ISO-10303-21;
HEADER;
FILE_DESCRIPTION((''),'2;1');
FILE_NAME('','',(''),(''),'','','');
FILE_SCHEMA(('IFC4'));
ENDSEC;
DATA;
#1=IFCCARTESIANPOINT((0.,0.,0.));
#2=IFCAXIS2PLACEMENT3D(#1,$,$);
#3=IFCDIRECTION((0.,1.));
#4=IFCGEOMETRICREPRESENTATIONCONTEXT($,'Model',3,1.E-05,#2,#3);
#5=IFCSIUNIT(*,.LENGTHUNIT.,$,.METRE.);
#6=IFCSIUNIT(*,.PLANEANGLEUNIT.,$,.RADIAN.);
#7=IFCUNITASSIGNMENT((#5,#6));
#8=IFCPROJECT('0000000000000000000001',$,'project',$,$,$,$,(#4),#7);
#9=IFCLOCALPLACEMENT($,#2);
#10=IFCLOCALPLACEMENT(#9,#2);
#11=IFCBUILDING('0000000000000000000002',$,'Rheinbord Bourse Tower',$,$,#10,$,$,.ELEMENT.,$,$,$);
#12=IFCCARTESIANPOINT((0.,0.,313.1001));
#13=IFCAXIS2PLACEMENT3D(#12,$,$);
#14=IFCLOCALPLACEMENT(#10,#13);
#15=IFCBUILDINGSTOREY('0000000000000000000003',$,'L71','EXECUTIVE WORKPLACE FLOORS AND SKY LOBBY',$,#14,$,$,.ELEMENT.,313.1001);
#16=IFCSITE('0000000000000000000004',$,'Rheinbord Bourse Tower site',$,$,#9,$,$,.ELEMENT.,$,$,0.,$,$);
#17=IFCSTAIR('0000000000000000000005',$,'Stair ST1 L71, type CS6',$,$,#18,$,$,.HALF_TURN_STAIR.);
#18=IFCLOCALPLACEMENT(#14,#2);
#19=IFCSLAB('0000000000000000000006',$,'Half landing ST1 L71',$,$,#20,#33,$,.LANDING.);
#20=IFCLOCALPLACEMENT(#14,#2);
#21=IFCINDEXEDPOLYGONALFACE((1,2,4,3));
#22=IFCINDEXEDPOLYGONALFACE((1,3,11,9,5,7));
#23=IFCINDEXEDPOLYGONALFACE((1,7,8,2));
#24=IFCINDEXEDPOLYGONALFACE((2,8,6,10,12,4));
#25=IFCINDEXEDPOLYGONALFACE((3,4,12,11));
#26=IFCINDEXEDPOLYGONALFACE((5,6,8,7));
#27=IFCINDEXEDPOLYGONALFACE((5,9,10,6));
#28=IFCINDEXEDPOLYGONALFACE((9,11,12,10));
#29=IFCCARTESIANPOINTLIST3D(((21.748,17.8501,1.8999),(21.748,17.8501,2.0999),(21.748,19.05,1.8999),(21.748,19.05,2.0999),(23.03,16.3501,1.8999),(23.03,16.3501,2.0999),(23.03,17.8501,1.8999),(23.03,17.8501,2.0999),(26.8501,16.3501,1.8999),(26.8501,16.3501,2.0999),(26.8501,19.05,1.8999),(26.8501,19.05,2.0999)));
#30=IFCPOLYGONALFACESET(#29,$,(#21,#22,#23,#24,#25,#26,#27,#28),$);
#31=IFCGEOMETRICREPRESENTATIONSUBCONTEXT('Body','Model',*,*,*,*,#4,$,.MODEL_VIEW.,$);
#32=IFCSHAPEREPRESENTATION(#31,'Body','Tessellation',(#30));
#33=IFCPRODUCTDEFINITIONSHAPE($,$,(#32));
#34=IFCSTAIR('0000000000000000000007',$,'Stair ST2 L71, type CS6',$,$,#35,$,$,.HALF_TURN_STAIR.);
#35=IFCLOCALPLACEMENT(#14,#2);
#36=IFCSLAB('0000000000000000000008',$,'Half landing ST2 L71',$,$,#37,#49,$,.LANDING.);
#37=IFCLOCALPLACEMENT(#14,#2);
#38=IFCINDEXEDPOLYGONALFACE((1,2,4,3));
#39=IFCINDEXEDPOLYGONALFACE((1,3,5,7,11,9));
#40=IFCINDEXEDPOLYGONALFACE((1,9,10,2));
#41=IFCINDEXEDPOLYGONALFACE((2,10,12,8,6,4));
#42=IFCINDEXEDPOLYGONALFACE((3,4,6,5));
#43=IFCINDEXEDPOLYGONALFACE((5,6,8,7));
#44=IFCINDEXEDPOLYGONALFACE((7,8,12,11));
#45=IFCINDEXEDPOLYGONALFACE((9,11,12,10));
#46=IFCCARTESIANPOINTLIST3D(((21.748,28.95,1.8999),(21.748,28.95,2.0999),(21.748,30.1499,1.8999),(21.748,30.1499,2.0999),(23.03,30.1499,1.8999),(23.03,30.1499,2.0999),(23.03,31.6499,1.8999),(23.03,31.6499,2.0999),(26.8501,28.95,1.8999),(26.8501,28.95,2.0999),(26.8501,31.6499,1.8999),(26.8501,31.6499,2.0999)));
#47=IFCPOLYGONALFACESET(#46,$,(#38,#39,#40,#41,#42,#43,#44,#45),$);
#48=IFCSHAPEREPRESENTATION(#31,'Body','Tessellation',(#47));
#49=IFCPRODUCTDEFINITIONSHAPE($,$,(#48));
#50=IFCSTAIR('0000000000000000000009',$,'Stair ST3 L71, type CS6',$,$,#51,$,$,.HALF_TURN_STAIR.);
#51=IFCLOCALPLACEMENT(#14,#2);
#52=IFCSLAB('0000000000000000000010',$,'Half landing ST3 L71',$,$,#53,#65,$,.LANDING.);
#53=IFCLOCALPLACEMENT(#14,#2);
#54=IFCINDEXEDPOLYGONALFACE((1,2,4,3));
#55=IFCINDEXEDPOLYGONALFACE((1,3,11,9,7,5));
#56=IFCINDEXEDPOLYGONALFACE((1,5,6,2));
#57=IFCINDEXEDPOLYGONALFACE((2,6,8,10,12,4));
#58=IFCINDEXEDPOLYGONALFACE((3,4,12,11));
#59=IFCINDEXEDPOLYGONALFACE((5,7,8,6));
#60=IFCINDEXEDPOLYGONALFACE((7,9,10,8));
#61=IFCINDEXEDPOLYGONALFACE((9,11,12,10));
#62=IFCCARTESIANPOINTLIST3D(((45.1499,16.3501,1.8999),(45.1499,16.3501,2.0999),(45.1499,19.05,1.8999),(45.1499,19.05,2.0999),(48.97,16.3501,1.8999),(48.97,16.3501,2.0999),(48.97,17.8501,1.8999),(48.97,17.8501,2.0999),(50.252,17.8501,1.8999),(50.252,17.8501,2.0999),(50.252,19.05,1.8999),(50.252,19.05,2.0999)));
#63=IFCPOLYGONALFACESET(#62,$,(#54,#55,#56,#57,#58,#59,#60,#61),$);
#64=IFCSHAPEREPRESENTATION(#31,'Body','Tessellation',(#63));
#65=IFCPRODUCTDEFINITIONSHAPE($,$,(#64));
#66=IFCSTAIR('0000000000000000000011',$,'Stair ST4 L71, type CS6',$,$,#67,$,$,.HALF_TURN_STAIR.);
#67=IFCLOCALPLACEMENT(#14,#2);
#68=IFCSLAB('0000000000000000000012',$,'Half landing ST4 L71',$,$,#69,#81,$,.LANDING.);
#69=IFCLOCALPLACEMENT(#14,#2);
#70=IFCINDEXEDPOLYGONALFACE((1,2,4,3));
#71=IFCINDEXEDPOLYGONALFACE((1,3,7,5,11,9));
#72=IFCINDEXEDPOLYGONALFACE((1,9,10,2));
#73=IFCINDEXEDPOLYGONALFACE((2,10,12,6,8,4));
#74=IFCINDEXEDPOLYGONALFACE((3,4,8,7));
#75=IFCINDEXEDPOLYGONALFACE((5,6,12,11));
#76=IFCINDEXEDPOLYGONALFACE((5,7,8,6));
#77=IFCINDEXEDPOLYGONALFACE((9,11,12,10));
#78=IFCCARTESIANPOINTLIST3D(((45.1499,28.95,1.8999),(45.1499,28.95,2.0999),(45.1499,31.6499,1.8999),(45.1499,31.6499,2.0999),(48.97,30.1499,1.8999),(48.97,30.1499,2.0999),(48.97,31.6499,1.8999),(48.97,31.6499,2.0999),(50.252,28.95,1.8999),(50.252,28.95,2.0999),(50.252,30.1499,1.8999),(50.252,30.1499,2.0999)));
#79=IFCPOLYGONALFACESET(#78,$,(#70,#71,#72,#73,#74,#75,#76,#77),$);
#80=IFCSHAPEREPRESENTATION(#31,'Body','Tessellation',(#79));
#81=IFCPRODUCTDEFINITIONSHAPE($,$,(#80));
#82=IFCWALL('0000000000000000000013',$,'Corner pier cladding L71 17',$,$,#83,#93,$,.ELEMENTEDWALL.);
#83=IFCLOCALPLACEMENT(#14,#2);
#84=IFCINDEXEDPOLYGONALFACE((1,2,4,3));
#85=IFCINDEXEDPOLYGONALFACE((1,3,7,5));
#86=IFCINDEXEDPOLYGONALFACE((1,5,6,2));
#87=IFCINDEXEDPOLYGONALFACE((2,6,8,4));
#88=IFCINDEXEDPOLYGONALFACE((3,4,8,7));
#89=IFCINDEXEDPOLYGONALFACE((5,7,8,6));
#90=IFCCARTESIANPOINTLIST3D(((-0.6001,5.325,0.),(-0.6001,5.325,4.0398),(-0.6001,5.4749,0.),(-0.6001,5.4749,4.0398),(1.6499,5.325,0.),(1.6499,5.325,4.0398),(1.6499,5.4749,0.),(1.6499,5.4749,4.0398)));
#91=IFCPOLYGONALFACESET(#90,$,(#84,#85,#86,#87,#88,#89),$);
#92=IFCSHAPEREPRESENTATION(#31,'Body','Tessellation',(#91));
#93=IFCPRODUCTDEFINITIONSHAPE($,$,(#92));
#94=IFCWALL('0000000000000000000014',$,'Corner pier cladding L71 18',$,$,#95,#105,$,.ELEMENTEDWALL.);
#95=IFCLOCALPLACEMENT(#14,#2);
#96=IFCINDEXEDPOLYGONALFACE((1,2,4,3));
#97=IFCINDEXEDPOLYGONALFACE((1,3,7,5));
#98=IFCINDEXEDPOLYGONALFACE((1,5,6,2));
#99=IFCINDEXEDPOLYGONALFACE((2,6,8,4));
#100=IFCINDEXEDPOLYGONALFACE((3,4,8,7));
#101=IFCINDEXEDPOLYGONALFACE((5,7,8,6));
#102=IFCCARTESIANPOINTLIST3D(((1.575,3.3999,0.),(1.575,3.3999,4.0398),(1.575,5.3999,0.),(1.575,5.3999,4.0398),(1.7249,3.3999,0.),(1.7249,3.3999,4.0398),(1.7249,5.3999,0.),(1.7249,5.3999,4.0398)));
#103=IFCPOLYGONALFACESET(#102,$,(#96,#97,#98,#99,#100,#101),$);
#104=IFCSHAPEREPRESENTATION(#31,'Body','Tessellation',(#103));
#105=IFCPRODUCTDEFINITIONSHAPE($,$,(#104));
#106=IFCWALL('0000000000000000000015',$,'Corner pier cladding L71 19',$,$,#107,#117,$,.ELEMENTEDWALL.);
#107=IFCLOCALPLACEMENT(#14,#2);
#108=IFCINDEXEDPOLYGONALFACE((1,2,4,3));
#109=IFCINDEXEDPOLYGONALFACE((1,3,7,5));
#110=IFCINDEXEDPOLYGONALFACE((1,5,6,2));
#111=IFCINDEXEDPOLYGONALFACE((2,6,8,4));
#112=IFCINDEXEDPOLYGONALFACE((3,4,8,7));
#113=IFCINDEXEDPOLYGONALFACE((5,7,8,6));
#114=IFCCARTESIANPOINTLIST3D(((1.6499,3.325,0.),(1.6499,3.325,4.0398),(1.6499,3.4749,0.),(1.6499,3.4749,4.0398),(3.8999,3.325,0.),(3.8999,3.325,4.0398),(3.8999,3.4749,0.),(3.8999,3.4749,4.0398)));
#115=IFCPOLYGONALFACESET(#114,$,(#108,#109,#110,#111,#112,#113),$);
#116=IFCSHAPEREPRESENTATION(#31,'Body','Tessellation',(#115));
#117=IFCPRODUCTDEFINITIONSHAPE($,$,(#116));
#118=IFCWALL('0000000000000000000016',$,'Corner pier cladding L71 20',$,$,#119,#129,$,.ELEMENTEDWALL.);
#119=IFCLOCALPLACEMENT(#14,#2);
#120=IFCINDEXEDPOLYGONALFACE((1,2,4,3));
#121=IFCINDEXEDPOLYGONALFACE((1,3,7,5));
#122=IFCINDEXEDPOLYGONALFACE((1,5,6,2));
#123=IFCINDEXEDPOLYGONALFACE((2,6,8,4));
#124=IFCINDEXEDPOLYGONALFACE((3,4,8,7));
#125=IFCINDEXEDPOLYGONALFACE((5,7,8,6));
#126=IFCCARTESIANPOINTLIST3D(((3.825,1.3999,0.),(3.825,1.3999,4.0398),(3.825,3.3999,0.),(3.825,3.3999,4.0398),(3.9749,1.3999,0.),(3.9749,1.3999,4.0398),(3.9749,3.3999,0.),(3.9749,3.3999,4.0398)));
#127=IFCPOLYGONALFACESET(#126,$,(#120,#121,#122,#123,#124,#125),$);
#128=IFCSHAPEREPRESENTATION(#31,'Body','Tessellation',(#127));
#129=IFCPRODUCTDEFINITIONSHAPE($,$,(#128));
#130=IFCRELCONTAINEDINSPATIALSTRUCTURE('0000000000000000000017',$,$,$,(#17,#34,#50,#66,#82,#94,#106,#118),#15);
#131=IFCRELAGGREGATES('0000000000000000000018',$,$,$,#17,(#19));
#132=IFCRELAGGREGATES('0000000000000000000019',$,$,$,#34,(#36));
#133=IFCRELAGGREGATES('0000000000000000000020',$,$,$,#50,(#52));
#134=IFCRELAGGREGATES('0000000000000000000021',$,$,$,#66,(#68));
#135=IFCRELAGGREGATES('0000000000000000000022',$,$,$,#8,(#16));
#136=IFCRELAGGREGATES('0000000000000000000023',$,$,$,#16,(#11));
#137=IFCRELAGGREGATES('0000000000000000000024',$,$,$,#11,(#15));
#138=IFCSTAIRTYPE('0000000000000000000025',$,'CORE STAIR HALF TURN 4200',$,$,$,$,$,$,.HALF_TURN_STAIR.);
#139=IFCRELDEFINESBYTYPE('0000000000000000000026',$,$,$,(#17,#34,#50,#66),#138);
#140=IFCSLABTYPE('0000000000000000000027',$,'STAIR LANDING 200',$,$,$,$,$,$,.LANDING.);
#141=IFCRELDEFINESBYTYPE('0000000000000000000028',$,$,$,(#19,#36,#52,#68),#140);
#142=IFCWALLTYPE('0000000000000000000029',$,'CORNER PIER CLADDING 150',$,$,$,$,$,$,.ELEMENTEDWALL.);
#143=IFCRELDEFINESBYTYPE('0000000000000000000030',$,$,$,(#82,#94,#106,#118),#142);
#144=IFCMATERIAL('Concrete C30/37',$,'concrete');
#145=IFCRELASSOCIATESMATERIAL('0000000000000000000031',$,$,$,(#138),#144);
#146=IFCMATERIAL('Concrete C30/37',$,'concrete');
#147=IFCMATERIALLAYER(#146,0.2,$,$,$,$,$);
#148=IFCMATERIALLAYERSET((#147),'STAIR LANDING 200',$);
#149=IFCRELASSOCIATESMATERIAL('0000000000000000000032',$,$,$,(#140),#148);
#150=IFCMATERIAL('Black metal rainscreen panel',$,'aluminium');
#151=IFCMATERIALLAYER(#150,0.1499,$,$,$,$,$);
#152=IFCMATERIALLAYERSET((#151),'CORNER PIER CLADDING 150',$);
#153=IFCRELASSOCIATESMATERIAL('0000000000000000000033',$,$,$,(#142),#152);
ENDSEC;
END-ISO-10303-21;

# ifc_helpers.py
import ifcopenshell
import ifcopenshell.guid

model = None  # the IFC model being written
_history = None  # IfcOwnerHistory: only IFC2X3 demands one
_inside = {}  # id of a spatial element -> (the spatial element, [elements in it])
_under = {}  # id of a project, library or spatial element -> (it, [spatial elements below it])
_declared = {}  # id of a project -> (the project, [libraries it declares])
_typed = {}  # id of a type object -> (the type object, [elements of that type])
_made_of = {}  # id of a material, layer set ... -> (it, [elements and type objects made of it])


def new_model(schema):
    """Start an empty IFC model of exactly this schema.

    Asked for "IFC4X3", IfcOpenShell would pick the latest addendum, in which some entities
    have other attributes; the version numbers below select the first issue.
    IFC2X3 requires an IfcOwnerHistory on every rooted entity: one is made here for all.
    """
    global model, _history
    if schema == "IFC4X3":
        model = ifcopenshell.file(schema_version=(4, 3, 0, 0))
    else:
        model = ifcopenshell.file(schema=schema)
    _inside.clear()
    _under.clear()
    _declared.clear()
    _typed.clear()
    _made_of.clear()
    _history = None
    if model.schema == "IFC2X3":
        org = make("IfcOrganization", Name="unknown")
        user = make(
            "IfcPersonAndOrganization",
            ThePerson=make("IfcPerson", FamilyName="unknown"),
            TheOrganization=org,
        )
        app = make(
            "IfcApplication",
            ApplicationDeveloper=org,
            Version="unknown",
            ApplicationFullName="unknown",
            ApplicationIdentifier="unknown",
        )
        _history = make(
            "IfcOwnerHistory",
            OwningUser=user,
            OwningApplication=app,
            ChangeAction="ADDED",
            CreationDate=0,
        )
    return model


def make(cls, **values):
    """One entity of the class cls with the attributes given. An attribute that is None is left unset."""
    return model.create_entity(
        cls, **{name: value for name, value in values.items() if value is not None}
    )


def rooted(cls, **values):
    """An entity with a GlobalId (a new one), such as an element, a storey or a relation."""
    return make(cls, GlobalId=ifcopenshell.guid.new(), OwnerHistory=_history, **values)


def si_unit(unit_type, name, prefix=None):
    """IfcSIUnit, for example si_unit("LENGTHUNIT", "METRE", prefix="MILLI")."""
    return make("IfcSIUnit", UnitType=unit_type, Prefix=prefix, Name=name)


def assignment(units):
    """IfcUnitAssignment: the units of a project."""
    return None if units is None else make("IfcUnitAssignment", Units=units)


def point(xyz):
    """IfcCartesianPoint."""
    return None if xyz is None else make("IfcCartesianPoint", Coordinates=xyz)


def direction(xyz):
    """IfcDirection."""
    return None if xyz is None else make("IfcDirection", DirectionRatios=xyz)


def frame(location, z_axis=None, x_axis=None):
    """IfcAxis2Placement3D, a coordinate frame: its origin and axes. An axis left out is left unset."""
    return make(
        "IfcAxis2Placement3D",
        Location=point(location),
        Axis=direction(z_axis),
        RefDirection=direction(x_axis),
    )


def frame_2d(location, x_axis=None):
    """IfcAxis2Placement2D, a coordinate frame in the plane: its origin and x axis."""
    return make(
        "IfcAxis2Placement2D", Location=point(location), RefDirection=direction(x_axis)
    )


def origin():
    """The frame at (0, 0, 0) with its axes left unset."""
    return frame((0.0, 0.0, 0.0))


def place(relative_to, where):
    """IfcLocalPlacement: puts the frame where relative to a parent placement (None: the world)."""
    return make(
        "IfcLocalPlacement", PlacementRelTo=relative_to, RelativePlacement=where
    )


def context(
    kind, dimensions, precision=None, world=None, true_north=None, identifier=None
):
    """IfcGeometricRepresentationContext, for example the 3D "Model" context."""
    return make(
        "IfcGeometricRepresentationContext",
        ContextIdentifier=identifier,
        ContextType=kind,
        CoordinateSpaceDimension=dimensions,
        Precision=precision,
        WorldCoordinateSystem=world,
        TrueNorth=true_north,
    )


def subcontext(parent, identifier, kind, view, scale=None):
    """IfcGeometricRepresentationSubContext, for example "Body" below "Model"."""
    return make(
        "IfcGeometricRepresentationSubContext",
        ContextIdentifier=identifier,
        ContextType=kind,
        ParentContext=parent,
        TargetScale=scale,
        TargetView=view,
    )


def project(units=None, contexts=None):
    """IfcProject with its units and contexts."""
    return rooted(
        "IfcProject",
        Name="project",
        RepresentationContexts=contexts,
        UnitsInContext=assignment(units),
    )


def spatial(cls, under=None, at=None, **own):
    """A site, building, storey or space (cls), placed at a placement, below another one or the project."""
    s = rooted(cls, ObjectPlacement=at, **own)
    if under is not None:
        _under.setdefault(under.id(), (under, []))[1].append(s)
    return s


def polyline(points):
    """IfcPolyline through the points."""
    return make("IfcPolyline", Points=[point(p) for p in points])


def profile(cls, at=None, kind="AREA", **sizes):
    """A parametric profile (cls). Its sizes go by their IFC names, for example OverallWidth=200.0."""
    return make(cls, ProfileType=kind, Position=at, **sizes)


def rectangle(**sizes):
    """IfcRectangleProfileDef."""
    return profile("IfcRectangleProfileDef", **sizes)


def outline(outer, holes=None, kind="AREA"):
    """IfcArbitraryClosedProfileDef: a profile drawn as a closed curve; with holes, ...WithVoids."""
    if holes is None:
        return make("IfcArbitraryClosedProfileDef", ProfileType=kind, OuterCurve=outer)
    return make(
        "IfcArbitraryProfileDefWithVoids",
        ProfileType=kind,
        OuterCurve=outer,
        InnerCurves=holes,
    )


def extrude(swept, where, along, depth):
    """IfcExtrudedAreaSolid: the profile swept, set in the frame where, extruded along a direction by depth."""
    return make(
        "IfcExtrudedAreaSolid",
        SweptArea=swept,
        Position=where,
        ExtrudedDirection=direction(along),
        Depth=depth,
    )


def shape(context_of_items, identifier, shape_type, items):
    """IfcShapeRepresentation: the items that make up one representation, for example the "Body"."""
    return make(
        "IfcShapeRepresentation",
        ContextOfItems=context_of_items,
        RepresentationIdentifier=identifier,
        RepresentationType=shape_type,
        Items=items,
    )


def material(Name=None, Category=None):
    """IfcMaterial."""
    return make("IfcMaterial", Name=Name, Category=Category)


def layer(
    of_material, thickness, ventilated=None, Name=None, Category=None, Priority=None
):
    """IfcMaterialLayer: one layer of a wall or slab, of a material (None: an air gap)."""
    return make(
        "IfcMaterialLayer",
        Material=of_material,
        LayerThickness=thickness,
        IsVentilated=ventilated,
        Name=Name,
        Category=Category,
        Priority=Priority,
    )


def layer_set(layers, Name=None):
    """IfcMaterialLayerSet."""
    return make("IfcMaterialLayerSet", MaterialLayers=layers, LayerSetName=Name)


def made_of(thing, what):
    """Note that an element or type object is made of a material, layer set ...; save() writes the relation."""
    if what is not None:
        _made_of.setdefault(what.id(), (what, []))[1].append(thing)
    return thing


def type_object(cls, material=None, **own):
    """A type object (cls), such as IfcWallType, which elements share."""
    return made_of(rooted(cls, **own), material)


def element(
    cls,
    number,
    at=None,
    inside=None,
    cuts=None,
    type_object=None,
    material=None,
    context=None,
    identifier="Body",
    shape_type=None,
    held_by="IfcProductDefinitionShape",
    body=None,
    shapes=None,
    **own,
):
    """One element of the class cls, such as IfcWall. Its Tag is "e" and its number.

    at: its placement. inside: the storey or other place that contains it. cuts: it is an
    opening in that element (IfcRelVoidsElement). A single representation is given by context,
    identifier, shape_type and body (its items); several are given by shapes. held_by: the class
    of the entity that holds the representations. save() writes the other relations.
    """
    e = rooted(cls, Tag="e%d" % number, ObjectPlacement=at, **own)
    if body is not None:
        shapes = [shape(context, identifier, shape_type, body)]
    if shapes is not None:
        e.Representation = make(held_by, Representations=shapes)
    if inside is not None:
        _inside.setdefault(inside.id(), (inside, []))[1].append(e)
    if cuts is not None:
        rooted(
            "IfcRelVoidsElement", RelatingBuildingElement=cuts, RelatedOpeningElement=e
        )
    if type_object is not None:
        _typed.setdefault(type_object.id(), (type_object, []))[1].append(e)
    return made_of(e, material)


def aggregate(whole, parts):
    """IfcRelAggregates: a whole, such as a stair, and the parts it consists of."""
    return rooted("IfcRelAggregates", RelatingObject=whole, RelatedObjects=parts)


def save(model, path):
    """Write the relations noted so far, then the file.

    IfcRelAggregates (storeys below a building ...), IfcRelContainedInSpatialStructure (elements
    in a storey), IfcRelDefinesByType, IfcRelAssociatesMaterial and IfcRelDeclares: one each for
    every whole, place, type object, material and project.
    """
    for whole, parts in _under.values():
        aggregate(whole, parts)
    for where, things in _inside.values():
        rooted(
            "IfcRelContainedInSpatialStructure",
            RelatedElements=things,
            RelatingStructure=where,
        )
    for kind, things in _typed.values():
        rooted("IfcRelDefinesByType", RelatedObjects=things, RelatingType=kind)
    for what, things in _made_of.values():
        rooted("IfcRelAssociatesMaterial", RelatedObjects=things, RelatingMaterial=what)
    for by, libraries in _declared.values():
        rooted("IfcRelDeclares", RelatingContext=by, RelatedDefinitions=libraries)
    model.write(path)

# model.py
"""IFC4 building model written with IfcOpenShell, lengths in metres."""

from ifc_helpers import new_model, si_unit, direction, frame, frame_2d, origin, place, context, subcontext, project, spatial, polyline, rectangle, outline, extrude, material, layer, layer_set, type_object, element, aggregate, save


model = new_model("IFC4")

# Units and contexts
model_context = context("Model", 3, precision=1e-05, world=origin(), true_north=direction((0.0, 1.0)))
body_context = subcontext(model_context, "Body", "Model", "MODEL_VIEW")
ifc_project = project(units=[si_unit("LENGTHUNIT", "METRE"), si_unit("PLANEANGLEUNIT", "RADIAN")], contexts=[model_context])

# Site, building, storey
site_placement = place(None, origin())
site = spatial("IfcSite", under=ifc_project, at=site_placement, Name="Rheinbord Bourse Tower site", CompositionType="ELEMENT", RefElevation=0.0)
building_placement = place(site_placement, origin())
building = spatial("IfcBuilding", under=site, at=building_placement, Name="Rheinbord Bourse Tower", CompositionType="ELEMENT")
storey_placement = place(building_placement, frame((0.0, 0.0, 313.1001)))
storey = spatial("IfcBuildingStorey", under=building, at=storey_placement, Name="L71", Description="EXECUTIVE WORKPLACE FLOORS AND SKY LOBBY", CompositionType="ELEMENT", Elevation=313.1001)

# Stairs, slabs
ifc_material_1 = material(Name="Concrete C30/37", Category="concrete")
stair_type = type_object("IfcStairType", Name="CORE STAIR HALF TURN 4200", PredefinedType="HALF_TURN_STAIR", material=ifc_material_1)
stair_1_placement = place(storey_placement, origin())
stair_1 = element("IfcStair", 1, at=stair_1_placement, inside=storey, type_object=stair_type, Name="Stair ST1 L71, type CS6", PredefinedType="HALF_TURN_STAIR")
ifc_material_2 = material(Name="Concrete C30/37", Category="concrete")
ifc_layer_1 = layer(ifc_material_2, 0.2)
ifc_layer_set_1 = layer_set([ifc_layer_1], Name="STAIR LANDING 200")
slab_type_1 = type_object("IfcSlabType", Name="STAIR LANDING 200", PredefinedType="LANDING", material=ifc_layer_set_1)
slab_1_placement = place(storey_placement, frame((0.0, 0.0, 1.8999)))
slab_1 = element("IfcSlab", 2, at=slab_1_placement, type_object=slab_type_1, Name="Half landing ST1 L71", PredefinedType="LANDING", context=body_context, shape_type="SweptSolid", body=[
    extrude(outline(polyline([(23.03, 16.3501), (26.8501, 16.3501), (26.8501, 19.05), (21.748, 19.05), (21.748, 17.8501), (23.03, 17.8501), (23.03, 16.3501)])), origin(), (0.0, 0.0, 1.0), 0.2),
])
aggregate(stair_1, [slab_1])
stair_2_placement = place(storey_placement, origin())
stair_2 = element("IfcStair", 3, at=stair_2_placement, inside=storey, type_object=stair_type, Name="Stair ST2 L71, type CS6", PredefinedType="HALF_TURN_STAIR")
slab_2_placement = place(storey_placement, frame((0.0, 0.0, 1.8999)))
slab_2 = element("IfcSlab", 4, at=slab_2_placement, type_object=slab_type_1, Name="Half landing ST2 L71", PredefinedType="LANDING", context=body_context, shape_type="SweptSolid", body=[
    extrude(outline(polyline([(21.748, 28.95), (26.8501, 28.95), (26.8501, 31.6499), (23.03, 31.6499), (23.03, 30.1499), (21.748, 30.1499), (21.748, 28.95)])), origin(), (0.0, 0.0, 1.0), 0.2),
])
aggregate(stair_2, [slab_2])
stair_3_placement = place(storey_placement, origin())
stair_3 = element("IfcStair", 5, at=stair_3_placement, inside=storey, type_object=stair_type, Name="Stair ST3 L71, type CS6", PredefinedType="HALF_TURN_STAIR")
slab_3_placement = place(storey_placement, frame((0.0, 0.0, 1.8999)))
slab_3 = element("IfcSlab", 6, at=slab_3_placement, type_object=slab_type_1, Name="Half landing ST3 L71", PredefinedType="LANDING", context=body_context, shape_type="SweptSolid", body=[
    extrude(outline(polyline([(45.1499, 16.3501), (48.97, 16.3501), (48.97, 17.8501), (50.252, 17.8501), (50.252, 19.05), (45.1499, 19.05), (45.1499, 16.3501)])), origin(), (0.0, 0.0, 1.0), 0.2),
])
aggregate(stair_3, [slab_3])
stair_4_placement = place(storey_placement, origin())
stair_4 = element("IfcStair", 7, at=stair_4_placement, inside=storey, type_object=stair_type, Name="Stair ST4 L71, type CS6", PredefinedType="HALF_TURN_STAIR")
slab_4_placement = place(storey_placement, frame((0.0, 0.0, 1.8999)))
slab_4 = element("IfcSlab", 8, at=slab_4_placement, type_object=slab_type_1, Name="Half landing ST4 L71", PredefinedType="LANDING", context=body_context, shape_type="SweptSolid", body=[
    extrude(outline(polyline([(45.1499, 28.95), (50.252, 28.95), (50.252, 30.1499), (48.97, 30.1499), (48.97, 31.6499), (45.1499, 31.6499), (45.1499, 28.95)])), origin(), (0.0, 0.0, 1.0), 0.2),
])
aggregate(stair_4, [slab_4])

# Walls
ifc_material_3 = material(Name="Black metal rainscreen panel", Category="aluminium")
ifc_layer_2 = layer(ifc_material_3, 0.1499)
ifc_layer_set_2 = layer_set([ifc_layer_2], Name="CORNER PIER CLADDING 150")
wall_type = type_object("IfcWallType", Name="CORNER PIER CLADDING 150", PredefinedType="ELEMENTEDWALL", material=ifc_layer_set_2)
wall_1_placement = place(storey_placement, frame((-0.6001, 5.3999, 0.0), z_axis=(0.0, 0.0, 1.0), x_axis=(1.0, 0.0, 0.0)))
element("IfcWall", 9, at=wall_1_placement, inside=storey, type_object=wall_type, Name="Corner pier cladding L71 17", PredefinedType="ELEMENTEDWALL", context=body_context, shape_type="SweptSolid", body=[
    extrude(rectangle(XDim=2.25, YDim=0.1499, at=frame_2d((1.125, 0.0))), origin(), (0.0, 0.0, 1.0), 4.0398),
])
wall_2_placement = place(storey_placement, frame((1.6499, 5.3999, 0.0), z_axis=(0.0, 0.0, 1.0), x_axis=(0.0, -1.0, 0.0)))
element("IfcWall", 10, at=wall_2_placement, inside=storey, type_object=wall_type, Name="Corner pier cladding L71 18", PredefinedType="ELEMENTEDWALL", context=body_context, shape_type="SweptSolid", body=[
    extrude(rectangle(XDim=2.0, YDim=0.1499, at=frame_2d((1.0, 0.0))), origin(), (0.0, 0.0, 1.0), 4.0398),
])
wall_3_placement = place(storey_placement, frame((1.6499, 3.3999, 0.0), z_axis=(0.0, 0.0, 1.0), x_axis=(1.0, 0.0, 0.0)))
element("IfcWall", 11, at=wall_3_placement, inside=storey, type_object=wall_type, Name="Corner pier cladding L71 19", PredefinedType="ELEMENTEDWALL", context=body_context, shape_type="SweptSolid", body=[
    extrude(rectangle(XDim=2.25, YDim=0.1499, at=frame_2d((1.125, 0.0))), origin(), (0.0, 0.0, 1.0), 4.0398),
])
wall_4_placement = place(storey_placement, frame((3.8999, 3.3999, 0.0), z_axis=(0.0, 0.0, 1.0), x_axis=(0.0, -1.0, 0.0)))
element("IfcWall", 12, at=wall_4_placement, inside=storey, type_object=wall_type, Name="Corner pier cladding L71 20", PredefinedType="ELEMENTEDWALL", context=body_context, shape_type="SweptSolid", body=[
    extrude(rectangle(XDim=2.0, YDim=0.1499, at=frame_2d((1.0, 0.0))), origin(), (0.0, 0.0, 1.0), 4.0398),
])

save(model, "model.ifc")
